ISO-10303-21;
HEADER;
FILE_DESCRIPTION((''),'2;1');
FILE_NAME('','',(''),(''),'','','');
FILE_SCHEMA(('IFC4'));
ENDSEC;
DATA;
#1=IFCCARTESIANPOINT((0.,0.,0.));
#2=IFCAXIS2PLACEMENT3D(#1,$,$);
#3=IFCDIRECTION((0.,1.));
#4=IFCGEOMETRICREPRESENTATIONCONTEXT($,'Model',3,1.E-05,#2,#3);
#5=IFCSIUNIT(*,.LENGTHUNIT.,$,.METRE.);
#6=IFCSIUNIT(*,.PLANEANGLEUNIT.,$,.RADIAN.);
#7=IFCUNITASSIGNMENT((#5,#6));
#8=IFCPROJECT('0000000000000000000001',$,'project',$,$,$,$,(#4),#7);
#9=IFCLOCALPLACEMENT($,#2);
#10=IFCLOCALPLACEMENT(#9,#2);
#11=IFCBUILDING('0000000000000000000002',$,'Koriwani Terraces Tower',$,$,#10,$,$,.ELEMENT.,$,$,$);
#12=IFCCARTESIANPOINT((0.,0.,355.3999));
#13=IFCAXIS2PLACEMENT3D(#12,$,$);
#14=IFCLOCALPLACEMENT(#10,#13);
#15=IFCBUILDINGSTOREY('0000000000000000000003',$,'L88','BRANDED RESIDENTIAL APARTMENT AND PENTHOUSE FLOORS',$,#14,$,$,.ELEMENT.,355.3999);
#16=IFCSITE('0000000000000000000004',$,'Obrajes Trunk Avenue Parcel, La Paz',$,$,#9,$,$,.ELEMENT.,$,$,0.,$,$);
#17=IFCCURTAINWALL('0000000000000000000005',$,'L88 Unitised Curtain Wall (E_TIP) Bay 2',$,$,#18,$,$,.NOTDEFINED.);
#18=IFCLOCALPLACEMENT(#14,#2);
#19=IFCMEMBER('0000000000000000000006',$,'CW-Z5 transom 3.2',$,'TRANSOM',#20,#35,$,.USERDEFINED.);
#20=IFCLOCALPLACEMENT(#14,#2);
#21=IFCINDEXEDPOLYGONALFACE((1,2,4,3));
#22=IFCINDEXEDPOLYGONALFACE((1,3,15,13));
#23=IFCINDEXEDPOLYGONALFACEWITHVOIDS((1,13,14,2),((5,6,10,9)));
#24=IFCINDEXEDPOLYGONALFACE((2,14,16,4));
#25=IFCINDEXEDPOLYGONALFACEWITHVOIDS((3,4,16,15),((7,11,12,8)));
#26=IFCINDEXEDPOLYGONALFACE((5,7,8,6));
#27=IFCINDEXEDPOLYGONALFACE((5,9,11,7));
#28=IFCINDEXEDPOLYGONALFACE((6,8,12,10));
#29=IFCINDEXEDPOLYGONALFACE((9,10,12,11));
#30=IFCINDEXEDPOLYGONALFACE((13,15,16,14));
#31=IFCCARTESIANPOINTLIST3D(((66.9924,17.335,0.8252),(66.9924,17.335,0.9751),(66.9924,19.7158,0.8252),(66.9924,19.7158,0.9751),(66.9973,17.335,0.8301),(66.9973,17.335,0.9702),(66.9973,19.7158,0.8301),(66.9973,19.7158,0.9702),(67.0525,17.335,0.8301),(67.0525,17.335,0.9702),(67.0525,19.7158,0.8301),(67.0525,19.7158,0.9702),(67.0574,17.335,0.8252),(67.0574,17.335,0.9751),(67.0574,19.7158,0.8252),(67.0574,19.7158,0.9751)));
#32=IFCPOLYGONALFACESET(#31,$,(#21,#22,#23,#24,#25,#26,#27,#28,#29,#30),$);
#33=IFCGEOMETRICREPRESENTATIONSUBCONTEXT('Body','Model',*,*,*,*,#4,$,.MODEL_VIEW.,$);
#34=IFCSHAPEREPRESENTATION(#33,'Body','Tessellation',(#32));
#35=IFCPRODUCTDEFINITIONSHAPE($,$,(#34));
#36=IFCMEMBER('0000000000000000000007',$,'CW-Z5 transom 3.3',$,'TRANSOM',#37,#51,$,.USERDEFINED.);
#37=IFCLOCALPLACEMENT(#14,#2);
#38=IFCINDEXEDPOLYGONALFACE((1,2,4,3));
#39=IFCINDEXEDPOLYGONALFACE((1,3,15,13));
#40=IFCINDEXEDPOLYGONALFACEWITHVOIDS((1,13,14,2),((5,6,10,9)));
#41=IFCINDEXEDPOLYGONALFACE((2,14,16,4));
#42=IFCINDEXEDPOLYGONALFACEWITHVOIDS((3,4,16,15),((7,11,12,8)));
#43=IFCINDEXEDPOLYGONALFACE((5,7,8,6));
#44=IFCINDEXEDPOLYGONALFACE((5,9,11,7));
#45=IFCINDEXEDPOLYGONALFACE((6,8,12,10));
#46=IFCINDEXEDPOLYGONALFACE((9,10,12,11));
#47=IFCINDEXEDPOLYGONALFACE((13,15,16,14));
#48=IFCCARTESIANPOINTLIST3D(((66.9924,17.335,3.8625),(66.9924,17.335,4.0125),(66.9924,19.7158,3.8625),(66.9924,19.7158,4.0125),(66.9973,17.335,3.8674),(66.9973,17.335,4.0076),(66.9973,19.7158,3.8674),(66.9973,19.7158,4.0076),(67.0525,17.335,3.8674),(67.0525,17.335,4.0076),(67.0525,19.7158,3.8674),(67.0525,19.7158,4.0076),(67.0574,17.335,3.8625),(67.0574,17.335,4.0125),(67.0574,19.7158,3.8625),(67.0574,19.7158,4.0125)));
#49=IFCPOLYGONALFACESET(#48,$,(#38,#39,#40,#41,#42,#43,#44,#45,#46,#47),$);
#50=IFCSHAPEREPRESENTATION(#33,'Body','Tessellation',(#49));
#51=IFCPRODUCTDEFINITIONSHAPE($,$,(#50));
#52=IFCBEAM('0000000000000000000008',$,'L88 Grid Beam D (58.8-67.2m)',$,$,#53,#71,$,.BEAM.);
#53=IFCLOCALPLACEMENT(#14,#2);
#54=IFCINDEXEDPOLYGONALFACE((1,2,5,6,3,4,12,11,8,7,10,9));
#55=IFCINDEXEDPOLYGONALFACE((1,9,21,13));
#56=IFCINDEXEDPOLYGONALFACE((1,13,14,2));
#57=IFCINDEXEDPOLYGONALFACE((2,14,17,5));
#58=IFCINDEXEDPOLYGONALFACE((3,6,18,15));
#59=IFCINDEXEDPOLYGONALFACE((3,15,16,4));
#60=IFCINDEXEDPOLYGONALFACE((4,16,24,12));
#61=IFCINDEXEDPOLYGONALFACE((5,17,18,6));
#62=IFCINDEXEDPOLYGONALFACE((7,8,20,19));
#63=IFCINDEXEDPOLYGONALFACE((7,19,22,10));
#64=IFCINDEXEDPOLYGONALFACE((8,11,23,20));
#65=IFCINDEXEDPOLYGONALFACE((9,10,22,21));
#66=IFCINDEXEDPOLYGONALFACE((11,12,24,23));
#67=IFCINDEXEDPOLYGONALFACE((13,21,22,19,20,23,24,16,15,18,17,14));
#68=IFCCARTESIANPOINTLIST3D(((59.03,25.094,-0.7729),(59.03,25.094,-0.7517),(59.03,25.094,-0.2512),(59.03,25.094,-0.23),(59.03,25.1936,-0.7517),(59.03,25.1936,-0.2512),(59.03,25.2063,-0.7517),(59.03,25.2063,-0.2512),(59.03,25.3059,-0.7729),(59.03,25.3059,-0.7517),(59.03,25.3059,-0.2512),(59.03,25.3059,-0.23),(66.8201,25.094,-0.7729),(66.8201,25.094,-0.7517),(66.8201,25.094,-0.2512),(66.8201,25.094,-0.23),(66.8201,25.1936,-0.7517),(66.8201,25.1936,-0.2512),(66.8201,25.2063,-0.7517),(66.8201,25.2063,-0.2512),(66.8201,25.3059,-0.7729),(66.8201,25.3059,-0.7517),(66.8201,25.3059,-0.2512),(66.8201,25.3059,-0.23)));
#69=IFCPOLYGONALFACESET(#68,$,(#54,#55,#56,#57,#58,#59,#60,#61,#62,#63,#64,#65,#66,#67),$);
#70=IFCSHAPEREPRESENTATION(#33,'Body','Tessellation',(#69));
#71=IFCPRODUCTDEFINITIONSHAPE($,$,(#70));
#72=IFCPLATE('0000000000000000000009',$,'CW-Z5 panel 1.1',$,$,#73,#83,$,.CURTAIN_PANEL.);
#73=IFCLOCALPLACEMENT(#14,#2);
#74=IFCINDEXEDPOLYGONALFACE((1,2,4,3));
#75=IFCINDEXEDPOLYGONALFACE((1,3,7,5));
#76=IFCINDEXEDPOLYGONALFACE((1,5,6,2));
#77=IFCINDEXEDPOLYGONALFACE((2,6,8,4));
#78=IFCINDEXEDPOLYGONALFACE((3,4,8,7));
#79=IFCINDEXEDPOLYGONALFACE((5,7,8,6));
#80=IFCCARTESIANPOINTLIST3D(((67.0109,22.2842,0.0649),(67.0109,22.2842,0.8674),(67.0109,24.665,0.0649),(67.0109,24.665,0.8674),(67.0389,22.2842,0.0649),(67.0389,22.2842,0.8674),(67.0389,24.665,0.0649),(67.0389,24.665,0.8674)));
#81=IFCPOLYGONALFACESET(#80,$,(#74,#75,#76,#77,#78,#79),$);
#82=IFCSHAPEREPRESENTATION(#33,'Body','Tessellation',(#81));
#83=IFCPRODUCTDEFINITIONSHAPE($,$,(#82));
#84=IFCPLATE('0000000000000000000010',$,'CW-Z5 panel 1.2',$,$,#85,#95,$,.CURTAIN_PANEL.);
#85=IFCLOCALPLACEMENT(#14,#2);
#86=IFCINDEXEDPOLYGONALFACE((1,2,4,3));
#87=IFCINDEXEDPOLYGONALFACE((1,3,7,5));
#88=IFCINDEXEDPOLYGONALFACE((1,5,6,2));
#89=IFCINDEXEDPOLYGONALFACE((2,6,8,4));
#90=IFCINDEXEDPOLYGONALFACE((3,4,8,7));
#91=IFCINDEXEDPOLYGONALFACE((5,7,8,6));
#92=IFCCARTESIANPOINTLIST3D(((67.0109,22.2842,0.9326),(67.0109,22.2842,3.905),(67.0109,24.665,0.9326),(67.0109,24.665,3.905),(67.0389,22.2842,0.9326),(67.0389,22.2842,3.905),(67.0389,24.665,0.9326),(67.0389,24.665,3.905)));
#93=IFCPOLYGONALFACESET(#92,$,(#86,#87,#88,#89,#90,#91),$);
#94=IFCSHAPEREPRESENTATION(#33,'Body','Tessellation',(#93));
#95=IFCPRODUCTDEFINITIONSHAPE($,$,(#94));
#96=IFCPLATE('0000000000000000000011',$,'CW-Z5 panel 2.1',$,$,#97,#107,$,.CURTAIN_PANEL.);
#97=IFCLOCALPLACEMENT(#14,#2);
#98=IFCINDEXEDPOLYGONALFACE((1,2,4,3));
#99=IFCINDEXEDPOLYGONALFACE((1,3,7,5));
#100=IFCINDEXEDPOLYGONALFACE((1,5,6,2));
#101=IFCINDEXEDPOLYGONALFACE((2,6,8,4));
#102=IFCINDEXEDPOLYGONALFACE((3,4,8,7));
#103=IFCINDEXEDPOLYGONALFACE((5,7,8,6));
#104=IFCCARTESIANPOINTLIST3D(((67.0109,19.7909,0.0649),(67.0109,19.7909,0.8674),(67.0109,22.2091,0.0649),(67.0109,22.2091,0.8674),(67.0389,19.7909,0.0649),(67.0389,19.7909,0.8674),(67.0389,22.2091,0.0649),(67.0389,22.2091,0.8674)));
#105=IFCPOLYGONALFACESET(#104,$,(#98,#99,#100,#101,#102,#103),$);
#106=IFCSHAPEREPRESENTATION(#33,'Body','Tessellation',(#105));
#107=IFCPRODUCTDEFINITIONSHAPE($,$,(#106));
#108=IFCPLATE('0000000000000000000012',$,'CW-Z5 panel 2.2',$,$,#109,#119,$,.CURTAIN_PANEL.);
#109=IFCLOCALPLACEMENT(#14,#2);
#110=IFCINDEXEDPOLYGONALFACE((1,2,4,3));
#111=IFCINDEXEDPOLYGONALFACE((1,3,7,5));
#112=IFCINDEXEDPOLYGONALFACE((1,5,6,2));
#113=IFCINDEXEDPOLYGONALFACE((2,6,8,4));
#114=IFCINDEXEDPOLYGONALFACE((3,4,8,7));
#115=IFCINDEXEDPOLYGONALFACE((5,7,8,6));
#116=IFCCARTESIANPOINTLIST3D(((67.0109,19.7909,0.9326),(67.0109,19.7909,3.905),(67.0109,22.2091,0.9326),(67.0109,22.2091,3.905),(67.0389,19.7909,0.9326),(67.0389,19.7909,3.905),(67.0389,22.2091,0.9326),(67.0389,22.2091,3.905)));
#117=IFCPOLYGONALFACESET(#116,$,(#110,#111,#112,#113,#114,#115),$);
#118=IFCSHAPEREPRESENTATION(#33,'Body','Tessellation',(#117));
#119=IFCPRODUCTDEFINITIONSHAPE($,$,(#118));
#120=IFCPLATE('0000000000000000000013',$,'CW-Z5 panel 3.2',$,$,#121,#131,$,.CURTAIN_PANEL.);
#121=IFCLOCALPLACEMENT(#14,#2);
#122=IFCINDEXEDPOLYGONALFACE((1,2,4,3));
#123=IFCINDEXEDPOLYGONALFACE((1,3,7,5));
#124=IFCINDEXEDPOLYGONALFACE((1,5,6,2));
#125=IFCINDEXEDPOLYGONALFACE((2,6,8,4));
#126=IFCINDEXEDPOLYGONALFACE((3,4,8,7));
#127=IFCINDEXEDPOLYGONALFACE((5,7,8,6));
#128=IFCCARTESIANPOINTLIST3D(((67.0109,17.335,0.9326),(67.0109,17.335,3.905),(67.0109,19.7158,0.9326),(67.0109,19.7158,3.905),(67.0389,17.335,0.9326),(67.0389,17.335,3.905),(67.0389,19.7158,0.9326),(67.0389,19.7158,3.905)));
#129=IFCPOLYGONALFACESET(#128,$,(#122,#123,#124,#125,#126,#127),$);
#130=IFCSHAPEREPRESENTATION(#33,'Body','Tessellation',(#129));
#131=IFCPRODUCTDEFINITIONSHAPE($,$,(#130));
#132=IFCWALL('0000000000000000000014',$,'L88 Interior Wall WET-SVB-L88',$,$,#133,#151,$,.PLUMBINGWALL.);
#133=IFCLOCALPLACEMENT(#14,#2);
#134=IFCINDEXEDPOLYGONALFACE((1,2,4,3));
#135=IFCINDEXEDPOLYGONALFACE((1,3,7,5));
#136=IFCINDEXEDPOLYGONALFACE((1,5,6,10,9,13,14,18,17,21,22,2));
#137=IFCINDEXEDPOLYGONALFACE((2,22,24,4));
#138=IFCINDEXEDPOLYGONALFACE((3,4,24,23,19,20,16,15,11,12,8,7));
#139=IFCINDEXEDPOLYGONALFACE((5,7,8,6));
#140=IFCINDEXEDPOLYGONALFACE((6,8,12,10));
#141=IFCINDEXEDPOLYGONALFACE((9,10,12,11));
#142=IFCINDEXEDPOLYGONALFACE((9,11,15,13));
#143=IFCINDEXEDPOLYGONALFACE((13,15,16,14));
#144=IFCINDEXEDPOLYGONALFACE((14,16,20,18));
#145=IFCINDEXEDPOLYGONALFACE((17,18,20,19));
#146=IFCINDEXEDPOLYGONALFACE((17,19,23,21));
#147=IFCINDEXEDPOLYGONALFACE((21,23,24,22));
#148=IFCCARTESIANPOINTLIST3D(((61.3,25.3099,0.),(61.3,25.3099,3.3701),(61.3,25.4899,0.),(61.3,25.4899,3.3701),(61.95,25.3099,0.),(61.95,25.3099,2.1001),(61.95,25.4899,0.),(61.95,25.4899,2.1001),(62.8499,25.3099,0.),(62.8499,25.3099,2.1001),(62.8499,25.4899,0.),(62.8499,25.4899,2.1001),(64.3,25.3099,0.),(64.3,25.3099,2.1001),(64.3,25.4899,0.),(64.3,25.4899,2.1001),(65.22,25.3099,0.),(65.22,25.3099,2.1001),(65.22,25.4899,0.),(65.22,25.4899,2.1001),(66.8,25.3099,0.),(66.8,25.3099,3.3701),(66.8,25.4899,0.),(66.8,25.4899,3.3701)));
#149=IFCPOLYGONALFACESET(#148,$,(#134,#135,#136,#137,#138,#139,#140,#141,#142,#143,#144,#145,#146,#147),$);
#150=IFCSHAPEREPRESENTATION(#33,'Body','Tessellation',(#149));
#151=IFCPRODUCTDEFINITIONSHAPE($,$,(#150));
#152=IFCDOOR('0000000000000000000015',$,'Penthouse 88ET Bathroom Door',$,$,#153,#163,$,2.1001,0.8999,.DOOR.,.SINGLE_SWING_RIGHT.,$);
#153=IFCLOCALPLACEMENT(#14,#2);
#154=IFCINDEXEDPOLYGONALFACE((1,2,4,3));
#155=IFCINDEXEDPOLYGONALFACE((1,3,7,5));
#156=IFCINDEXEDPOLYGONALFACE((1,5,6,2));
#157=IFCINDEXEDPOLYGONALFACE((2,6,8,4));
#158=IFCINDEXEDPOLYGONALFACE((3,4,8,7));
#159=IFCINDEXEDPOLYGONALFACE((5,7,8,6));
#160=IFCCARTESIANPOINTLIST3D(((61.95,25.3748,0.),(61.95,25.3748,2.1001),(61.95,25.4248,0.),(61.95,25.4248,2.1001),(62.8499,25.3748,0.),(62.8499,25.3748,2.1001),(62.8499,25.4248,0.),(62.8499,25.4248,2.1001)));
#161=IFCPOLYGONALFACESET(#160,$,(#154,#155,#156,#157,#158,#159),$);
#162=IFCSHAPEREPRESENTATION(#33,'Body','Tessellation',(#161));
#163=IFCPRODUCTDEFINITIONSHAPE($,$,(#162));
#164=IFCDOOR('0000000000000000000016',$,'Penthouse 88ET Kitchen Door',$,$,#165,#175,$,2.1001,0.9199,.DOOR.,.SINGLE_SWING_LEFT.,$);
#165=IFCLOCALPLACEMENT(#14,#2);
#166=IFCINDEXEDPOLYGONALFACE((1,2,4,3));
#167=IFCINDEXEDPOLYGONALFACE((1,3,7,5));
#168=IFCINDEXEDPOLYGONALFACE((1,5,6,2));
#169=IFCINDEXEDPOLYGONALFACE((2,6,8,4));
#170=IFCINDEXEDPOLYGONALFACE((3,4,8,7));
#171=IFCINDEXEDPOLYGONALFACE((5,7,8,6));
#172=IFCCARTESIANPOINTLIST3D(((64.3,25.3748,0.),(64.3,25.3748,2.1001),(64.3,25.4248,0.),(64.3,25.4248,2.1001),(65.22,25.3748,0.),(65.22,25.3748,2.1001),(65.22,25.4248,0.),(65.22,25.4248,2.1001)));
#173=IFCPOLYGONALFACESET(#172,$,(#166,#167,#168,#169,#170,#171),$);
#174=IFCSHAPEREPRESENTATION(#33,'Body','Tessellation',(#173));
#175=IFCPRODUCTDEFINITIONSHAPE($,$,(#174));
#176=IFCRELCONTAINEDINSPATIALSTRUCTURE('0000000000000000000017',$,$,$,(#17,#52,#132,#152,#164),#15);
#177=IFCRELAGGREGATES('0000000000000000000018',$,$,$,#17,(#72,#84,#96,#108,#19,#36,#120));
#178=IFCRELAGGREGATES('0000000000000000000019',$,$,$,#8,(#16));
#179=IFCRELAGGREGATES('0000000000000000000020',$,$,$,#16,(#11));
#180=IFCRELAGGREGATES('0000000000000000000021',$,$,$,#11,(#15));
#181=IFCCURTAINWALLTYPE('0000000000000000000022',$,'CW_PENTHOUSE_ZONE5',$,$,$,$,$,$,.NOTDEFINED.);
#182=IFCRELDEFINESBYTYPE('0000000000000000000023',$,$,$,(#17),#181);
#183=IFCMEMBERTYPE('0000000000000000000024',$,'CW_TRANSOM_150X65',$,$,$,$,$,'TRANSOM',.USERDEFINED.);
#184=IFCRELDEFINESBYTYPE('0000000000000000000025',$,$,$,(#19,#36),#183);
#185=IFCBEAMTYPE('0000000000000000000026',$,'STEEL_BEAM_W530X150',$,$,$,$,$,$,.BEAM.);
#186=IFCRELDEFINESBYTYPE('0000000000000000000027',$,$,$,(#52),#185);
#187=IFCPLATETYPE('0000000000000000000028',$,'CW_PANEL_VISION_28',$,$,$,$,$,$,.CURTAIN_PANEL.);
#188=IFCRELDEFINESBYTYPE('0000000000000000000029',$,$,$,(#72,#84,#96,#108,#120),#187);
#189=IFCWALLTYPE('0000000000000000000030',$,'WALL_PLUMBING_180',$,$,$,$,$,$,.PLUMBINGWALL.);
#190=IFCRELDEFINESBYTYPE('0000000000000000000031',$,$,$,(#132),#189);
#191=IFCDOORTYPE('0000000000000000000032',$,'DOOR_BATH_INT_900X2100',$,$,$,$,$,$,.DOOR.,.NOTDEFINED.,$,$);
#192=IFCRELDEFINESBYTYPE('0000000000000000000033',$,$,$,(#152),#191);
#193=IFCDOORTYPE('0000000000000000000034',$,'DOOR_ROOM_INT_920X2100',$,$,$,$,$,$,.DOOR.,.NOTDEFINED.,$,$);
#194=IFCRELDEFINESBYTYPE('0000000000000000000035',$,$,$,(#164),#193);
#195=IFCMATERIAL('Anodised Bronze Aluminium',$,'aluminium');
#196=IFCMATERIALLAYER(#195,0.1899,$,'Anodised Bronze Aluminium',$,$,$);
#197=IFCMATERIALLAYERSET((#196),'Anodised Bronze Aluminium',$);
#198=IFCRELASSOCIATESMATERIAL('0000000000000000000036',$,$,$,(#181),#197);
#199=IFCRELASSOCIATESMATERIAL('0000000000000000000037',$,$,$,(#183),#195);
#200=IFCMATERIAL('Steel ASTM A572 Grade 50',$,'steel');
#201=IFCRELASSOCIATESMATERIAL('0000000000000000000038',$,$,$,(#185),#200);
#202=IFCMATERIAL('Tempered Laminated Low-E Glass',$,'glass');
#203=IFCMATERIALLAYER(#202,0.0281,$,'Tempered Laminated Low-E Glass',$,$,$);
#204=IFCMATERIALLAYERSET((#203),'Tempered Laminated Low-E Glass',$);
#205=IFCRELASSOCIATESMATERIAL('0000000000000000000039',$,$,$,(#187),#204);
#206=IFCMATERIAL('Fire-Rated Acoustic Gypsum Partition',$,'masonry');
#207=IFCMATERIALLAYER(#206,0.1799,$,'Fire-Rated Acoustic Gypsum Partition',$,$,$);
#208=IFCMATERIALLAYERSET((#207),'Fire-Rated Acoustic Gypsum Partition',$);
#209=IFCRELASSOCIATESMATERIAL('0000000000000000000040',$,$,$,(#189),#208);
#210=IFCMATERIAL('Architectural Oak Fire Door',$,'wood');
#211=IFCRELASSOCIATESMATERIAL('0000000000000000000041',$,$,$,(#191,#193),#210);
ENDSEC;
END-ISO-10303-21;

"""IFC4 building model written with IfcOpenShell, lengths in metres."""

from ifc_helpers import new_model, si_unit, direction, frame, frame_2d, origin, origin_2d, place, context, subcontext, project, spatial, rectangle, hollow_rectangle, i_section, extrude, material, layer, layer_set, material_profile, profile_set, type_object, element, fill, aggregate, save


model = new_model("IFC4")

# Units and contexts
model_context = context("Model", 3, precision=1e-05, world=origin(), true_north=direction((0.0, 1.0)))
body_context = subcontext(model_context, "Body", "Model", "MODEL_VIEW")
ifc_project = project(units=[si_unit("LENGTHUNIT", "METRE"), si_unit("PLANEANGLEUNIT", "RADIAN")], contexts=[model_context])

# Site, building, storey
site_placement = place(None, origin())
site = spatial("IfcSite", under=ifc_project, at=site_placement, Name="Obrajes Trunk Avenue Parcel, La Paz", CompositionType="ELEMENT", RefElevation=0.0)
building_placement = place(site_placement, origin())
building = spatial("IfcBuilding", under=site, at=building_placement, Name="Koriwani Terraces Tower", CompositionType="ELEMENT")
storey_placement = place(building_placement, frame((0.0, 0.0, 355.3999)))
storey = spatial("IfcBuildingStorey", under=building, at=storey_placement, Name="L88", Description="BRANDED RESIDENTIAL APARTMENT AND PENTHOUSE FLOORS", CompositionType="ELEMENT", Elevation=355.3999)

# Curtain wall, members
ifc_material_1 = material(Name="Anodised Bronze Aluminium", Category="aluminium")
ifc_layer_1 = layer(ifc_material_1, 0.1899, Name="Anodised Bronze Aluminium")
ifc_layer_set_1 = layer_set([ifc_layer_1], Name="Anodised Bronze Aluminium")
curtain_wall_type = type_object("IfcCurtainWallType", Name="CW_PENTHOUSE_ZONE5", PredefinedType="NOTDEFINED", material=ifc_layer_set_1)
curtain_wall_placement = place(storey_placement, origin())
curtain_wall = element("IfcCurtainWall", 1, at=curtain_wall_placement, inside=storey, type_object=curtain_wall_type, Name="L88 Unitised Curtain Wall (E_TIP) Bay 2", PredefinedType="NOTDEFINED")
ifc_material_profile_1 = material_profile(ifc_material_1, hollow_rectangle(XDim=0.0649, YDim=0.1499, WallThickness=0.0049, at=origin_2d()), Name="Anodised Bronze Aluminium", Category="LoadBearing")
ifc_profile_set_1 = profile_set([ifc_material_profile_1], Name="Anodised Bronze Aluminium")
member_type_1 = type_object("IfcMemberType", Name="CW_TRANSOM_150X65", ElementType="TRANSOM", PredefinedType="USERDEFINED", material=ifc_profile_set_1)
member_1_placement = place(storey_placement, frame((67.0249, 19.7158, 0.9001), z_axis=(0.0, -1.0, 0.0), x_axis=(1.0, 0.0, 0.0)))
member_1 = element("IfcMember", 2, at=member_1_placement, type_object=member_type_1, Name="CW-Z5 transom 3.2", ObjectType="TRANSOM", PredefinedType="USERDEFINED", context=body_context, shape_type="SweptSolid", body=[
    extrude(hollow_rectangle(XDim=0.0649, YDim=0.1499, WallThickness=0.0049, at=origin_2d()), origin(), (0.0, 0.0, 1.0), 2.3809),
])
member_2_placement = place(storey_placement, frame((67.0249, 19.7158, 3.9375), z_axis=(0.0, -1.0, 0.0), x_axis=(1.0, 0.0, 0.0)))
member_2 = element("IfcMember", 3, at=member_2_placement, type_object=member_type_1, Name="CW-Z5 transom 3.3", ObjectType="TRANSOM", PredefinedType="USERDEFINED", context=body_context, shape_type="SweptSolid", body=[
    extrude(hollow_rectangle(XDim=0.0649, YDim=0.1499, WallThickness=0.0049, at=origin_2d()), origin(), (0.0, 0.0, 1.0), 2.3809),
])

# Beam
ifc_material_2 = material(Name="Steel ASTM A572 Grade 50", Category="steel")
ifc_material_profile_2 = material_profile(ifc_material_2, i_section(OverallWidth=0.2119, OverallDepth=0.543, WebThickness=0.0127, FlangeThickness=0.0212, at=origin_2d()), Name="Steel ASTM A572 Grade 50", Category="LoadBearing")
ifc_profile_set_2 = profile_set([ifc_material_profile_2], Name="Steel ASTM A572 Grade 50")
beam_type = type_object("IfcBeamType", Name="STEEL_BEAM_W530X150", PredefinedType="BEAM", material=ifc_profile_set_2)
beam_placement = place(storey_placement, frame((59.03, 25.2, -0.5015), z_axis=(1.0, 0.0, 0.0), x_axis=(0.0, 1.0, 0.0)))
element("IfcBeam", 4, at=beam_placement, inside=storey, type_object=beam_type, Name="L88 Grid Beam D (58.8-67.2m)", PredefinedType="BEAM", context=body_context, shape_type="SweptSolid", body=[
    extrude(i_section(OverallWidth=0.2119, OverallDepth=0.543, WebThickness=0.0127, FlangeThickness=0.0212, at=origin_2d()), origin(), (0.0, 0.0, 1.0), 7.79),
])

# Plates
ifc_material_3 = material(Name="Tempered Laminated Low-E Glass", Category="glass")
ifc_layer_2 = layer(ifc_material_3, 0.0281, Name="Tempered Laminated Low-E Glass")
ifc_layer_set_2 = layer_set([ifc_layer_2], Name="Tempered Laminated Low-E Glass")
plate_type = type_object("IfcPlateType", Name="CW_PANEL_VISION_28", PredefinedType="CURTAIN_PANEL", material=ifc_layer_set_2)
plate_1_placement = place(storey_placement, frame((67.0249, 23.4746, 0.0649), z_axis=(0.0, 0.0, 1.0), x_axis=(0.0, -1.0, 0.0)))
plate_1 = element("IfcPlate", 5, at=plate_1_placement, type_object=plate_type, Name="CW-Z5 panel 1.1", PredefinedType="CURTAIN_PANEL", context=body_context, shape_type="SweptSolid", body=[
    extrude(rectangle(XDim=2.3809, YDim=0.0281, at=origin_2d()), origin(), (0.0, 0.0, 1.0), 0.8025),
])
plate_2_placement = place(storey_placement, frame((67.0249, 23.4746, 0.9326), z_axis=(0.0, 0.0, 1.0), x_axis=(0.0, -1.0, 0.0)))
plate_2 = element("IfcPlate", 6, at=plate_2_placement, type_object=plate_type, Name="CW-Z5 panel 1.2", PredefinedType="CURTAIN_PANEL", context=body_context, shape_type="SweptSolid", body=[
    extrude(rectangle(XDim=2.3809, YDim=0.0281, at=origin_2d()), origin(), (0.0, 0.0, 1.0), 2.9724),
])
plate_3_placement = place(storey_placement, frame((67.0249, 21.0, 0.0649), z_axis=(0.0, 0.0, 1.0), x_axis=(0.0, -1.0, 0.0)))
plate_3 = element("IfcPlate", 7, at=plate_3_placement, type_object=plate_type, Name="CW-Z5 panel 2.1", PredefinedType="CURTAIN_PANEL", context=body_context, shape_type="SweptSolid", body=[
    extrude(rectangle(XDim=2.4182, YDim=0.0281, at=origin_2d()), origin(), (0.0, 0.0, 1.0), 0.8025),
])
plate_4_placement = place(storey_placement, frame((67.0249, 21.0, 0.9326), z_axis=(0.0, 0.0, 1.0), x_axis=(0.0, -1.0, 0.0)))
plate_4 = element("IfcPlate", 8, at=plate_4_placement, type_object=plate_type, Name="CW-Z5 panel 2.2", PredefinedType="CURTAIN_PANEL", context=body_context, shape_type="SweptSolid", body=[
    extrude(rectangle(XDim=2.4182, YDim=0.0281, at=origin_2d()), origin(), (0.0, 0.0, 1.0), 2.9724),
])
plate_5_placement = place(storey_placement, frame((67.0249, 18.5254, 0.9326), z_axis=(0.0, 0.0, 1.0), x_axis=(0.0, -1.0, 0.0)))
plate_5 = element("IfcPlate", 9, at=plate_5_placement, type_object=plate_type, Name="CW-Z5 panel 3.2", PredefinedType="CURTAIN_PANEL", context=body_context, shape_type="SweptSolid", body=[
    extrude(rectangle(XDim=2.3809, YDim=0.0281, at=origin_2d()), origin(), (0.0, 0.0, 1.0), 2.9724),
])
aggregate(curtain_wall, [plate_1, plate_2, plate_3, plate_4, member_1, member_2, plate_5])

# Wall, openings, doors
ifc_material_4 = material(Name="Fire-Rated Acoustic Gypsum Partition", Category="masonry")
ifc_layer_3 = layer(ifc_material_4, 0.1799, Name="Fire-Rated Acoustic Gypsum Partition")
ifc_layer_set_3 = layer_set([ifc_layer_3], Name="Fire-Rated Acoustic Gypsum Partition")
wall_type = type_object("IfcWallType", Name="WALL_PLUMBING_180", PredefinedType="PLUMBINGWALL", material=ifc_layer_set_3)
wall_1_placement = place(storey_placement, frame((61.3, 25.3999, 0.0), z_axis=(0.0, 0.0, 1.0), x_axis=(1.0, 0.0, 0.0)))
wall_1 = element("IfcWall", 10, at=wall_1_placement, inside=storey, type_object=wall_type, Name="L88 Interior Wall WET-SVB-L88", PredefinedType="PLUMBINGWALL", context=body_context, shape_type="SweptSolid", body=[
    extrude(rectangle(XDim=5.5, YDim=0.1799, at=frame_2d((2.75, 0.0))), origin(), (0.0, 0.0, 1.0), 3.3701),
])
opening_1_placement = place(wall_1_placement, frame((0.6499, 0.0, 0.0)))
opening_1 = element("IfcOpeningElement", 11, at=opening_1_placement, cuts=wall_1, PredefinedType="OPENING", context=body_context, shape_type="SweptSolid", body=[
    extrude(rectangle(XDim=0.8999, YDim=2.1001, at=frame_2d((0.45, 1.05))), frame((0.0, 0.1001, 0.0), z_axis=(0.0, -1.0, 0.0), x_axis=(1.0, 0.0, 0.0)), (0.0, 0.0, 1.0), 0.2),
])
opening_2_placement = place(wall_1_placement, frame((3.0, 0.0, 0.0)))
opening_2 = element("IfcOpeningElement", 12, at=opening_2_placement, cuts=wall_1, PredefinedType="OPENING", context=body_context, shape_type="SweptSolid", body=[
    extrude(rectangle(XDim=0.9199, YDim=2.1001, at=frame_2d((0.46, 1.05))), frame((0.0, 0.1001, 0.0), z_axis=(0.0, -1.0, 0.0), x_axis=(1.0, 0.0, 0.0)), (0.0, 0.0, 1.0), 0.2),
])
ifc_material_5 = material(Name="Architectural Oak Fire Door", Category="wood")
door_type_1 = type_object("IfcDoorType", Name="DOOR_BATH_INT_900X2100", OperationType="NOTDEFINED", PredefinedType="DOOR", material=ifc_material_5)
door_1_placement = place(opening_1_placement, origin())
door_1 = element("IfcDoor", 13, at=door_1_placement, inside=storey, type_object=door_type_1, Name="Penthouse 88ET Bathroom Door", OperationType="SINGLE_SWING_RIGHT", OverallHeight=2.1001, OverallWidth=0.8999, PredefinedType="DOOR", context=body_context, shape_type="SweptSolid", body=[
    extrude(rectangle(XDim=0.8999, YDim=2.1001, at=frame_2d((0.45, 1.05))), frame((0.0, 0.0249, 0.0), z_axis=(0.0, -1.0, 0.0), x_axis=(1.0, 0.0, 0.0)), (0.0, 0.0, 1.0), 0.05),
])
fill(opening_1, door_1)
door_type_2 = type_object("IfcDoorType", Name="DOOR_ROOM_INT_920X2100", OperationType="NOTDEFINED", PredefinedType="DOOR", material=ifc_material_5)
door_2_placement = place(opening_2_placement, origin())
door_2 = element("IfcDoor", 14, at=door_2_placement, inside=storey, type_object=door_type_2, Name="Penthouse 88ET Kitchen Door", OperationType="SINGLE_SWING_LEFT", OverallHeight=2.1001, OverallWidth=0.9199, PredefinedType="DOOR", context=body_context, shape_type="SweptSolid", body=[
    extrude(rectangle(XDim=0.9199, YDim=2.1001, at=frame_2d((0.46, 1.05))), frame((0.0, 0.0249, 0.0), z_axis=(0.0, -1.0, 0.0), x_axis=(1.0, 0.0, 0.0)), (0.0, 0.0, 1.0), 0.05),
])
fill(opening_2, door_2)

save(model, "model.ifc")
